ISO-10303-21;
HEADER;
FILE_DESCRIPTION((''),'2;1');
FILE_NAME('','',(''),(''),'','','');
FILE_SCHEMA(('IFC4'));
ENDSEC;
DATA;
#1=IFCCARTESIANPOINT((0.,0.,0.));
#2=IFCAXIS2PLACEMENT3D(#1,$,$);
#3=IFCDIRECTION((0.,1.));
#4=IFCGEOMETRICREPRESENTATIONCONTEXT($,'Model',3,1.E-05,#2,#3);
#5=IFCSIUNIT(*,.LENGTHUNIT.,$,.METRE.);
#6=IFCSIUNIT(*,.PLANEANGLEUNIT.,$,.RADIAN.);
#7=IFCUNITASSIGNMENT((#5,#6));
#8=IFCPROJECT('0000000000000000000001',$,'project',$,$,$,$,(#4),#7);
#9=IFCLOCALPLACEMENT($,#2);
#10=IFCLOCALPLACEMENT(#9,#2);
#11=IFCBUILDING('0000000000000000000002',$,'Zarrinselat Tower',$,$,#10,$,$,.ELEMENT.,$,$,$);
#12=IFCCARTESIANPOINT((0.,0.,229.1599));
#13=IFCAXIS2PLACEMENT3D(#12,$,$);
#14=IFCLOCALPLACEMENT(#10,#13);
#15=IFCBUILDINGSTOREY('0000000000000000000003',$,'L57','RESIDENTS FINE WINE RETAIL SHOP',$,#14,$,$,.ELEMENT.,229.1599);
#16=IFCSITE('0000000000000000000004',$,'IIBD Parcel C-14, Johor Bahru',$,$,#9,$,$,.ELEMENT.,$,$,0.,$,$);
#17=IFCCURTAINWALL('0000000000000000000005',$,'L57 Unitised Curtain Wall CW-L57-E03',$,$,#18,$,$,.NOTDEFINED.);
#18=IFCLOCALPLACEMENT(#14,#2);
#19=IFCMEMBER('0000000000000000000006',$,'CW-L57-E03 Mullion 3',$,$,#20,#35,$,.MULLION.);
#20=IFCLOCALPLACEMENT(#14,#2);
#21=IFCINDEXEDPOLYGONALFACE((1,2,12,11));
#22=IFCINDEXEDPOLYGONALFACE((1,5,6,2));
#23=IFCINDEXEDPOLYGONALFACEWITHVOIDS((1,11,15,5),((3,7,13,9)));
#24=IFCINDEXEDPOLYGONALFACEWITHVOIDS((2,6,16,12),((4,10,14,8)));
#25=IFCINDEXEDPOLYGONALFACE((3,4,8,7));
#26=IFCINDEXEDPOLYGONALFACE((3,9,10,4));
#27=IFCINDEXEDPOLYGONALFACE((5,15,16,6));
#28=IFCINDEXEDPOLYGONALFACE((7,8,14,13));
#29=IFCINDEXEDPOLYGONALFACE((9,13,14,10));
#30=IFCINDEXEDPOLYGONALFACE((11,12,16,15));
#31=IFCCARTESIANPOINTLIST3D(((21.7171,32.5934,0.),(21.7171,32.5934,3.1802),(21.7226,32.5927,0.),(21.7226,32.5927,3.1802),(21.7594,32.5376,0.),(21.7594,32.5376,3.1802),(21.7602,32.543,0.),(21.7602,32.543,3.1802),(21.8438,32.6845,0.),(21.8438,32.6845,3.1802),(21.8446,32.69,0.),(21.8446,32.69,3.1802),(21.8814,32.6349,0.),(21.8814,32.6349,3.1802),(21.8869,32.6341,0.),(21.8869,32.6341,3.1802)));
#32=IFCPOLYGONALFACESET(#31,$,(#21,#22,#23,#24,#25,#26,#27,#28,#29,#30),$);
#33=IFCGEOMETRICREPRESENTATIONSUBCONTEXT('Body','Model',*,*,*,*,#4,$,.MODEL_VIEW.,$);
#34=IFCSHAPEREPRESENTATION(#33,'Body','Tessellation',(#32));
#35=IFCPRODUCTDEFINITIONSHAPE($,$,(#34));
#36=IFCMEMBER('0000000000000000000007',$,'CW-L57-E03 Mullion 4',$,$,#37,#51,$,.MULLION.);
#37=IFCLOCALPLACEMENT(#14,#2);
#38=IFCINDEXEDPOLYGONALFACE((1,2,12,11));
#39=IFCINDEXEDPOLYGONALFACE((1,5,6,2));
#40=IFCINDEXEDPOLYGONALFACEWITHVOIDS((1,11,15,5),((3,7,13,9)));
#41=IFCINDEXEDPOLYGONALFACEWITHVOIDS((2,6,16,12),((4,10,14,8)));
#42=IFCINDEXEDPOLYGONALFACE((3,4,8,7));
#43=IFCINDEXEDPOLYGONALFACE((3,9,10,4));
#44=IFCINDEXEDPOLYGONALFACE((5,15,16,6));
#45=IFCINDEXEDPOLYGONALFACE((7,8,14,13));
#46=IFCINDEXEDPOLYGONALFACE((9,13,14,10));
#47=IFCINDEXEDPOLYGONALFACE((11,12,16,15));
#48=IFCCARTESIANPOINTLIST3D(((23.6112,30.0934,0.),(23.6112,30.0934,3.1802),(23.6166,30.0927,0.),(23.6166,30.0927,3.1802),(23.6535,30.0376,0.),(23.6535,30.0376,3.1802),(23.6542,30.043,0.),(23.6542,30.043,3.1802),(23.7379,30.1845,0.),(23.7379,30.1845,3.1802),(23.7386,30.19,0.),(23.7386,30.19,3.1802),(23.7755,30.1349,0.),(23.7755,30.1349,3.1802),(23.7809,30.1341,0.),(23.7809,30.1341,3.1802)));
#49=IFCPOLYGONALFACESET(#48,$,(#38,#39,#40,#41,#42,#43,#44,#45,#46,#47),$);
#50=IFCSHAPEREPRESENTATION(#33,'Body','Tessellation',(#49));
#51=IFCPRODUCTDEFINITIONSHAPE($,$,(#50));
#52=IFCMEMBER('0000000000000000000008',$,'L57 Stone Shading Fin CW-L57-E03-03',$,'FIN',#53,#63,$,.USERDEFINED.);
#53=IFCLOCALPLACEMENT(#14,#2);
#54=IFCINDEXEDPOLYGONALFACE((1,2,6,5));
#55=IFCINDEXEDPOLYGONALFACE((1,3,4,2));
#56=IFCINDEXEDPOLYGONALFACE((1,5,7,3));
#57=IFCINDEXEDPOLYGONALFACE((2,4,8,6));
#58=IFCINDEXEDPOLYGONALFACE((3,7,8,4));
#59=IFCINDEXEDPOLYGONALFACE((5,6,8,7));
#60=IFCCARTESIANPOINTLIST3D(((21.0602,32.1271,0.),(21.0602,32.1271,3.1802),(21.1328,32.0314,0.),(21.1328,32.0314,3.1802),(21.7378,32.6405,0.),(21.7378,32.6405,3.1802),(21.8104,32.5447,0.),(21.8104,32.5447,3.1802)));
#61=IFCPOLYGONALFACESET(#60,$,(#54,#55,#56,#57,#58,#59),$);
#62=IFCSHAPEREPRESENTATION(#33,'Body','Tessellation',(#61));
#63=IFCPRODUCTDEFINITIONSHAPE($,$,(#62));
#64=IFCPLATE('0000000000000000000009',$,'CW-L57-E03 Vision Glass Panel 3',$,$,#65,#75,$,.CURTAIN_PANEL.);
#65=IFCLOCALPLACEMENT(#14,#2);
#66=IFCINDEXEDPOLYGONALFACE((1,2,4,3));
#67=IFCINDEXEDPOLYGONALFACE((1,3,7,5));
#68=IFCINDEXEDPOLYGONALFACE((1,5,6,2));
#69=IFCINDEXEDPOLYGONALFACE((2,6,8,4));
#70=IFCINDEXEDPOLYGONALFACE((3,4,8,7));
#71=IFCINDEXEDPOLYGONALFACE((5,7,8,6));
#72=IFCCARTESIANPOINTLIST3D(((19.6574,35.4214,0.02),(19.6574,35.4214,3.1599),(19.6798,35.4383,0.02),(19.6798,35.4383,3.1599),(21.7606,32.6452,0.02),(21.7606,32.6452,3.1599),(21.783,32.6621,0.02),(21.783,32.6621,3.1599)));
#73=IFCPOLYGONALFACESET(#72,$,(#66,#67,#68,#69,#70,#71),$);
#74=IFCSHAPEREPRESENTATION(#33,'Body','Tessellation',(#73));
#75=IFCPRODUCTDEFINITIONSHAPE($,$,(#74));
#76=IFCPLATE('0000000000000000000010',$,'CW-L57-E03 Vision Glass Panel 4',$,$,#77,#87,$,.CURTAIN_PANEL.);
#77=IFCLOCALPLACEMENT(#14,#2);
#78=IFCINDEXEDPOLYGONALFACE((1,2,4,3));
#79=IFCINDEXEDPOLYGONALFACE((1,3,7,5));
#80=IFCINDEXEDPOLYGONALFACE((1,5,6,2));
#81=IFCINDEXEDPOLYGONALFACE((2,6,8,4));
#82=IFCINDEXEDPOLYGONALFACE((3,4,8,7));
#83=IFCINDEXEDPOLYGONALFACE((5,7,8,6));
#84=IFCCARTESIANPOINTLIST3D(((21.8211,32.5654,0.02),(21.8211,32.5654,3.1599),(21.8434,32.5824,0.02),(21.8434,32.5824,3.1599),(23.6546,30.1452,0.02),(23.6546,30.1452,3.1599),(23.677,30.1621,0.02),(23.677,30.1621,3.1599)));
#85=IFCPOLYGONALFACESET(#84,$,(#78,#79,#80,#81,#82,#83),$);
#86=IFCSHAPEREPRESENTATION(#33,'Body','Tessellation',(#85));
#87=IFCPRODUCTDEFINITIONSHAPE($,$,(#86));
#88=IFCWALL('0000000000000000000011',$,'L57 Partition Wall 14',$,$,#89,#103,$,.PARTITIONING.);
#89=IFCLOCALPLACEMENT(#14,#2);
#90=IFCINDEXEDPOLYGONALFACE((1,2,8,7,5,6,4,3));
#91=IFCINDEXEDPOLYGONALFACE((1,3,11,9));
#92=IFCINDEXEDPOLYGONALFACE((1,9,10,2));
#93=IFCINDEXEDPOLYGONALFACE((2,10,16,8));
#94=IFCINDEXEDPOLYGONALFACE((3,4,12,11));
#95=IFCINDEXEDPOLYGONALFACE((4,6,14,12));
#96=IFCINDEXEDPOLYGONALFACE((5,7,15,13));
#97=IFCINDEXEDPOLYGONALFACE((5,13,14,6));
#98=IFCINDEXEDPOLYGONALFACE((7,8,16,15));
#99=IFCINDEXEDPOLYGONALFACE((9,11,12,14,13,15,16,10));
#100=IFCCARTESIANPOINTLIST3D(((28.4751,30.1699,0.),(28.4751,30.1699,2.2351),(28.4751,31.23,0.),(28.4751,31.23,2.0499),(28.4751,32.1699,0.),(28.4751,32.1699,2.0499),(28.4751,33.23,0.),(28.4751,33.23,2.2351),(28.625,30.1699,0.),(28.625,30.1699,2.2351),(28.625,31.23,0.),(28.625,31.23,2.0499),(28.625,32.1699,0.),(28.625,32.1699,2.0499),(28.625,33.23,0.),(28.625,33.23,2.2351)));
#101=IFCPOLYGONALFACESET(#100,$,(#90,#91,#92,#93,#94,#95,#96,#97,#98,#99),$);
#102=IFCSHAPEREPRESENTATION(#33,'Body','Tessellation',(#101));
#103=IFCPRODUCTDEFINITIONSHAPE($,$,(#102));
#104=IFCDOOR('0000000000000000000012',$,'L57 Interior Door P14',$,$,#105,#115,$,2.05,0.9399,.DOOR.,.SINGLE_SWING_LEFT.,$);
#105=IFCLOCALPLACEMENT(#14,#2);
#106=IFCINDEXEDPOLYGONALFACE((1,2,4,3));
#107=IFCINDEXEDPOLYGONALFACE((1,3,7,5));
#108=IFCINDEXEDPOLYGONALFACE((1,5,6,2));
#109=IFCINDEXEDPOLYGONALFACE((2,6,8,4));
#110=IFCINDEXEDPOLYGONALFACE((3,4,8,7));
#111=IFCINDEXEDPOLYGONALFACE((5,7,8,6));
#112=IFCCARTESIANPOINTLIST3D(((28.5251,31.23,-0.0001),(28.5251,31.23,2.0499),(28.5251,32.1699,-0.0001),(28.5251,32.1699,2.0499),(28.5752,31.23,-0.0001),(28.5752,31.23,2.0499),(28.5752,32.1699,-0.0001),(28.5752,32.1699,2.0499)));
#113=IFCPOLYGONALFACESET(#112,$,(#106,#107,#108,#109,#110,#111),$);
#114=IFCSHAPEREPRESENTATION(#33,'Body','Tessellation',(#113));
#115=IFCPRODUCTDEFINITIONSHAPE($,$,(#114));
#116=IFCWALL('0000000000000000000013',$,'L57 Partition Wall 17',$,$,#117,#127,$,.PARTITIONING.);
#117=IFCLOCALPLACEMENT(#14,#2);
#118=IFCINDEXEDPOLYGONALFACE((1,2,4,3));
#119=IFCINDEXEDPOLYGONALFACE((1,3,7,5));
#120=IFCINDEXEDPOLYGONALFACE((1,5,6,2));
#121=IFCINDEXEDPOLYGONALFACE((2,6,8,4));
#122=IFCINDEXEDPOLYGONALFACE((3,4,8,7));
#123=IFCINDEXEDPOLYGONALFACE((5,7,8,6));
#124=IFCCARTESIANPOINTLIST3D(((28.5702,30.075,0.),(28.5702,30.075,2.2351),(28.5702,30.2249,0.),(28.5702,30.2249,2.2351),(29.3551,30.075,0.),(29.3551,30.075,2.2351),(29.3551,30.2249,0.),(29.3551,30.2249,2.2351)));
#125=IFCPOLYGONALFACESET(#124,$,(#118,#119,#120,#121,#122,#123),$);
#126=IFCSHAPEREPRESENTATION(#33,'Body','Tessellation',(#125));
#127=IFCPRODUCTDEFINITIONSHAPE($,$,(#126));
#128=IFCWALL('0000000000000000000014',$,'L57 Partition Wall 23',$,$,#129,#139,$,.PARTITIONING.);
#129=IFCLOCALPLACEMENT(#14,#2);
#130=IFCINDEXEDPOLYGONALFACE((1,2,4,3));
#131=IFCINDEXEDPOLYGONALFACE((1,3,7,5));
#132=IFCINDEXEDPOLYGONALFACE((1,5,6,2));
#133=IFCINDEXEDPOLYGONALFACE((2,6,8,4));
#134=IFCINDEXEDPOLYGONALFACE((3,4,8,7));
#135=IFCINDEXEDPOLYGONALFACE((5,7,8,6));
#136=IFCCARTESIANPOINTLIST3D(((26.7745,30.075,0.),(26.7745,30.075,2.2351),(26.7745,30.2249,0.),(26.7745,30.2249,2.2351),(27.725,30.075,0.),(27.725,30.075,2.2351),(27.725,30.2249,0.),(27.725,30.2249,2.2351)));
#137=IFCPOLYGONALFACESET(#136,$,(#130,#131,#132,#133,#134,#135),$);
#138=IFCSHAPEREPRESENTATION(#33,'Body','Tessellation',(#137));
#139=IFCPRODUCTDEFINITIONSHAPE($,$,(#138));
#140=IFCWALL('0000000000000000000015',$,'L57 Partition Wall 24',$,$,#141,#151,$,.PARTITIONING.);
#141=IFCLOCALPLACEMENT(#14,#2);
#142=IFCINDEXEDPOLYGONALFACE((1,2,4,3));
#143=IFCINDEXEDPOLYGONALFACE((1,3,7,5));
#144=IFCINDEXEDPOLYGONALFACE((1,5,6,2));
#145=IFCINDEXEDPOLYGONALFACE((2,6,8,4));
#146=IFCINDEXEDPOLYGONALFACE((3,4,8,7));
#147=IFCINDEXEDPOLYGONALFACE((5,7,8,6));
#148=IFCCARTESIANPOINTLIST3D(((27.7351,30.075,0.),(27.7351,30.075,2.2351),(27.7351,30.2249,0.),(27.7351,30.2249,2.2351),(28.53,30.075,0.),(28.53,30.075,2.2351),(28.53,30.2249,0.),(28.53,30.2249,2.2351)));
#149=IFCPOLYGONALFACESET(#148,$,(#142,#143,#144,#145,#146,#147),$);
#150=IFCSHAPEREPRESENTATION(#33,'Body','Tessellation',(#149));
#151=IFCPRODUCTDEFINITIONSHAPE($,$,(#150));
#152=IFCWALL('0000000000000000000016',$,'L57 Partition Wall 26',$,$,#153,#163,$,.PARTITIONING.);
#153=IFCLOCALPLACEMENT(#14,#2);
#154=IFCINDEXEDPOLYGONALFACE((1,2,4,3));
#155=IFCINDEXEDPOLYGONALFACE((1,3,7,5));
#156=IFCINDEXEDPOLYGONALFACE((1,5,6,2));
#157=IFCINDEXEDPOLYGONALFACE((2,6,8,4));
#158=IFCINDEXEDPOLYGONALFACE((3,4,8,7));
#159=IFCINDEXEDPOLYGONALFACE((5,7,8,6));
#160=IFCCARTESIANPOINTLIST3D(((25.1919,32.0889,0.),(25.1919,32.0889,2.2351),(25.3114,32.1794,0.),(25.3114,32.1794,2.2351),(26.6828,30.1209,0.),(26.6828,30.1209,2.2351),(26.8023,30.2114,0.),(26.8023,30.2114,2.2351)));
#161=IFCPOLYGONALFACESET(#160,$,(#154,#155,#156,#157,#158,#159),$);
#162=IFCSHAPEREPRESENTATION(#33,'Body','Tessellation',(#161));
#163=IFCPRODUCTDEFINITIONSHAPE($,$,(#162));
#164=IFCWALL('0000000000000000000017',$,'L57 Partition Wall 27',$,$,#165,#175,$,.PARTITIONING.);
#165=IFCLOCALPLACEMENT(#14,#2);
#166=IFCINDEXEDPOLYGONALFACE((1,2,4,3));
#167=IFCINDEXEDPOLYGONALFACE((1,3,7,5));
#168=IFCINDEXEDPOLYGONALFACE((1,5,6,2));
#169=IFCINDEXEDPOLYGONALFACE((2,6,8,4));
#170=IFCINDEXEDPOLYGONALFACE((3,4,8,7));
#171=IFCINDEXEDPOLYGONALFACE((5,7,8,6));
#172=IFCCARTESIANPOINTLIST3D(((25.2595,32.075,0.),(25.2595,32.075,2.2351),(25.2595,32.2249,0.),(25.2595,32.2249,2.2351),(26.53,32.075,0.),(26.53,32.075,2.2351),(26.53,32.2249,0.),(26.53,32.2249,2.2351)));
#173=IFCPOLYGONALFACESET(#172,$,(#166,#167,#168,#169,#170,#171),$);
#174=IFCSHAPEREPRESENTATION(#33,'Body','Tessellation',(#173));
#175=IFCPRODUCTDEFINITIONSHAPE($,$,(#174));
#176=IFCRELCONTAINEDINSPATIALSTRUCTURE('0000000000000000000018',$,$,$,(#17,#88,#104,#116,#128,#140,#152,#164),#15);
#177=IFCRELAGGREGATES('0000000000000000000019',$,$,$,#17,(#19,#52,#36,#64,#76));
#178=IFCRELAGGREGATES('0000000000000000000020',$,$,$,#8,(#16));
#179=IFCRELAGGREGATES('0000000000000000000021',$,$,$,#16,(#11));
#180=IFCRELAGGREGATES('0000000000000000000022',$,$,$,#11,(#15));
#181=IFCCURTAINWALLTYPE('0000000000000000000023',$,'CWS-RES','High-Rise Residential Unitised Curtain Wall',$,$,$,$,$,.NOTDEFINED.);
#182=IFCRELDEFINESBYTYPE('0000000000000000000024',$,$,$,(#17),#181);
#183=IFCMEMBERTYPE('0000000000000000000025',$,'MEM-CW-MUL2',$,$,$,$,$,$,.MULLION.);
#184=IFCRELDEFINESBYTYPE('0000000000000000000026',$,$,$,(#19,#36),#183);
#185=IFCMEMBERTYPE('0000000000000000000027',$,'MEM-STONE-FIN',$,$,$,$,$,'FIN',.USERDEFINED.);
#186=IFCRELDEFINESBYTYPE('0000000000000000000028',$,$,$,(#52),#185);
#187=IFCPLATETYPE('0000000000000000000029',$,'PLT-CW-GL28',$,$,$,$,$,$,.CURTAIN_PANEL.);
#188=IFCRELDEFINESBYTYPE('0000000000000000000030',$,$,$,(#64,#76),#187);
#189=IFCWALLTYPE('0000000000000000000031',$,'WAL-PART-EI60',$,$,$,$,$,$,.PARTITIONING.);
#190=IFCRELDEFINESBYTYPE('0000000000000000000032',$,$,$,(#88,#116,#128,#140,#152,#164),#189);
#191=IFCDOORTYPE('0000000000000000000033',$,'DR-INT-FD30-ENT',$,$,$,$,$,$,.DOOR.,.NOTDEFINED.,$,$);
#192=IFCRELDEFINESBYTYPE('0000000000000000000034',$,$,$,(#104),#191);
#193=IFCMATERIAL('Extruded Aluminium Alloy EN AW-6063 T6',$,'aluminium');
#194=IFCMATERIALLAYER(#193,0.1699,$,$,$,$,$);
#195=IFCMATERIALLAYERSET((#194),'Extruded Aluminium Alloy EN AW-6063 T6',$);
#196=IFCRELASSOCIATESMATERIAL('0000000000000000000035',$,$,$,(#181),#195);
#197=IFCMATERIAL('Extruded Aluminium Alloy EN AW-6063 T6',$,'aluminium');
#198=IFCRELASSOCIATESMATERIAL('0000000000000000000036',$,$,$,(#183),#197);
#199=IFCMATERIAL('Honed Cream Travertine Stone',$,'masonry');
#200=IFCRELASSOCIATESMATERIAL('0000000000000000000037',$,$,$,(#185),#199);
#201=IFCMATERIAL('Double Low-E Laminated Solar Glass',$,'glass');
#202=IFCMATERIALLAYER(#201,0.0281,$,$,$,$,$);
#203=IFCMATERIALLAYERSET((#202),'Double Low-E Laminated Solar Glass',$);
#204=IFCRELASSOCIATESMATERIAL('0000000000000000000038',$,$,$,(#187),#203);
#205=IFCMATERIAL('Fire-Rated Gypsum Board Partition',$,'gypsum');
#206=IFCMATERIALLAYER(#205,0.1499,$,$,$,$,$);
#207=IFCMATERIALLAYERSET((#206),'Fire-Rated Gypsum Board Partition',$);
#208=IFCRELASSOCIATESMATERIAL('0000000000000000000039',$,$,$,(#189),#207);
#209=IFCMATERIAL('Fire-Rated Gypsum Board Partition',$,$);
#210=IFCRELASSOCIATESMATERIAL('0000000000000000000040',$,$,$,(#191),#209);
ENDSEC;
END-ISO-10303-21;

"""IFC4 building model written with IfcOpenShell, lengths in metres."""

from ifc_helpers import new_model, si_unit, direction, frame, frame_2d, origin, origin_2d, place, context, subcontext, project, spatial, rectangle, hollow_rectangle, extrude, material, layer, layer_set, material_profile, profile_set, type_object, element, fill, aggregate, save


model = new_model("IFC4")

# Units and contexts
model_context = context("Model", 3, precision=1e-05, world=origin(), true_north=direction((0.0, 1.0)))
body_context = subcontext(model_context, "Body", "Model", "MODEL_VIEW")
ifc_project = project(units=[si_unit("LENGTHUNIT", "METRE"), si_unit("PLANEANGLEUNIT", "RADIAN")], contexts=[model_context])

# Site, building, storey
site_placement = place(None, origin())
site = spatial("IfcSite", under=ifc_project, at=site_placement, Name="IIBD Parcel C-14, Johor Bahru", CompositionType="ELEMENT", RefElevation=0.0)
building_placement = place(site_placement, origin())
building = spatial("IfcBuilding", under=site, at=building_placement, Name="Zarrinselat Tower", CompositionType="ELEMENT")
storey_placement = place(building_placement, frame((0.0, 0.0, 229.1599)))
storey = spatial("IfcBuildingStorey", under=building, at=storey_placement, Name="L57", Description="RESIDENTS FINE WINE RETAIL SHOP", CompositionType="ELEMENT", Elevation=229.1599)

# Curtain wall, members, plates
ifc_material_1 = material(Name="Extruded Aluminium Alloy EN AW-6063 T6", Category="aluminium")
ifc_layer_1 = layer(ifc_material_1, 0.1699)
ifc_layer_set_1 = layer_set([ifc_layer_1], Name="Extruded Aluminium Alloy EN AW-6063 T6")
curtain_wall_type = type_object("IfcCurtainWallType", Name="CWS-RES", Description="High-Rise Residential Unitised Curtain Wall", PredefinedType="NOTDEFINED", material=ifc_layer_set_1)
curtain_wall_placement = place(storey_placement, origin())
curtain_wall = element("IfcCurtainWall", 1, at=curtain_wall_placement, inside=storey, type_object=curtain_wall_type, Name="L57 Unitised Curtain Wall CW-L57-E03", PredefinedType="NOTDEFINED")
ifc_material_2 = material(Name="Extruded Aluminium Alloy EN AW-6063 T6", Category="aluminium")
ifc_material_profile_1 = material_profile(ifc_material_2, hollow_rectangle(XDim=0.0701, YDim=0.1599, WallThickness=0.0039, at=origin_2d()), Name="RHS 160x70x4")
ifc_profile_set_1 = profile_set([ifc_material_profile_1], Name="Extruded Aluminium Alloy EN AW-6063 T6")
member_type_1 = type_object("IfcMemberType", Name="MEM-CW-MUL2", PredefinedType="MULLION", material=ifc_profile_set_1)
member_1_placement = place(storey_placement, frame((21.802, 32.6138, 0.0), z_axis=(0.0, 0.0, 1.0), x_axis=(0.603857, -0.797092, 0.0)))
member_1 = element("IfcMember", 2, at=member_1_placement, type_object=member_type_1, Name="CW-L57-E03 Mullion 3", PredefinedType="MULLION", context=body_context, shape_type="SweptSolid", body=[
    extrude(hollow_rectangle(XDim=0.0701, YDim=0.1599, WallThickness=0.0039, at=origin_2d()), origin(), (0.0, 0.0, 1.0), 3.1802),
])
member_2_placement = place(storey_placement, frame((23.696, 30.1138, 0.0), z_axis=(0.0, 0.0, 1.0), x_axis=(0.603857, -0.797092, 0.0)))
member_2 = element("IfcMember", 3, at=member_2_placement, type_object=member_type_1, Name="CW-L57-E03 Mullion 4", PredefinedType="MULLION", context=body_context, shape_type="SweptSolid", body=[
    extrude(hollow_rectangle(XDim=0.0701, YDim=0.1599, WallThickness=0.0039, at=origin_2d()), origin(), (0.0, 0.0, 1.0), 3.1802),
])
ifc_material_3 = material(Name="Honed Cream Travertine Stone", Category="masonry")
ifc_material_profile_2 = material_profile(ifc_material_3, rectangle(XDim=0.1201, YDim=0.8501, at=origin_2d()), Name="FIN 850x120")
ifc_profile_set_2 = profile_set([ifc_material_profile_2], Name="Honed Cream Travertine Stone")
member_type_2 = type_object("IfcMemberType", Name="MEM-STONE-FIN", ElementType="FIN", PredefinedType="USERDEFINED", material=ifc_profile_set_2)
member_3_placement = place(storey_placement, frame((21.4353, 32.3359, 0.0), z_axis=(0.0, 0.0, 1.0), x_axis=(-0.603857, 0.797092, 0.0)))
member_3 = element("IfcMember", 4, at=member_3_placement, type_object=member_type_2, Name="L57 Stone Shading Fin CW-L57-E03-03", ObjectType="FIN", PredefinedType="USERDEFINED", context=body_context, shape_type="SweptSolid", body=[
    extrude(rectangle(XDim=0.1201, YDim=0.8501, at=origin_2d()), origin(), (0.0, 0.0, 1.0), 3.1802),
])
ifc_material_4 = material(Name="Double Low-E Laminated Solar Glass", Category="glass")
ifc_layer_2 = layer(ifc_material_4, 0.0281)
ifc_layer_set_2 = layer_set([ifc_layer_2], Name="Double Low-E Laminated Solar Glass")
plate_type = type_object("IfcPlateType", Name="PLT-CW-GL28", PredefinedType="CURTAIN_PANEL", material=ifc_layer_set_2)
plate_1_placement = place(storey_placement, frame((20.7202, 34.0417, 0.02), z_axis=(0.0, 0.0, 1.0), x_axis=(0.603857, -0.797092, 0.0)))
plate_1 = element("IfcPlate", 5, at=plate_1_placement, type_object=plate_type, Name="CW-L57-E03 Vision Glass Panel 3", PredefinedType="CURTAIN_PANEL", context=body_context, shape_type="SweptSolid", body=[
    extrude(rectangle(XDim=3.4829, YDim=0.0281, at=origin_2d()), origin(), (0.0, 0.0, 1.0), 3.1399),
])
plate_2_placement = place(storey_placement, frame((22.749, 31.3638, 0.02), z_axis=(0.0, 0.0, 1.0), x_axis=(0.603857, -0.797092, 0.0)))
plate_2 = element("IfcPlate", 6, at=plate_2_placement, type_object=plate_type, Name="CW-L57-E03 Vision Glass Panel 4", PredefinedType="CURTAIN_PANEL", context=body_context, shape_type="SweptSolid", body=[
    extrude(rectangle(XDim=3.0364, YDim=0.0281, at=origin_2d()), origin(), (0.0, 0.0, 1.0), 3.1399),
])
aggregate(curtain_wall, [member_1, member_3, member_2, plate_1, plate_2])

# Wall, opening, door
ifc_material_5 = material(Name="Fire-Rated Gypsum Board Partition", Category="gypsum")
ifc_layer_3 = layer(ifc_material_5, 0.1499)
ifc_layer_set_3 = layer_set([ifc_layer_3], Name="Fire-Rated Gypsum Board Partition")
wall_type_1 = type_object("IfcWallType", Name="WAL-PART-EI60", PredefinedType="PARTITIONING", material=ifc_layer_set_3)
wall_1_placement = place(storey_placement, frame((28.55, 30.1699, 0.0), z_axis=(0.0, 0.0, 1.0), x_axis=(0.0, 1.0, 0.0)))
wall_1 = element("IfcWall", 7, at=wall_1_placement, inside=storey, type_object=wall_type_1, Name="L57 Partition Wall 14", PredefinedType="PARTITIONING", context=body_context, shape_type="SweptSolid", body=[
    extrude(rectangle(XDim=3.0601, YDim=0.1499, at=frame_2d((1.53, 0.0))), origin(), (0.0, 0.0, 1.0), 2.2351),
])
opening_1_placement = place(wall_1_placement, frame((1.0601, 0.0, 0.0)))
opening_1 = element("IfcOpeningElement", 8, at=opening_1_placement, cuts=wall_1, PredefinedType="OPENING", context=body_context, shape_type="SweptSolid", body=[
    extrude(rectangle(XDim=0.9399, YDim=2.05, at=frame_2d((0.47, 1.0249))), frame((0.0, 0.085, 0.0), z_axis=(0.0, -1.0, 0.0), x_axis=(1.0, 0.0, 0.0)), (0.0, 0.0, 1.0), 0.1699),
])
ifc_material_6 = material(Name="Fire-Rated Gypsum Board Partition")
door_type_1 = type_object("IfcDoorType", Name="DR-INT-FD30-ENT", OperationType="NOTDEFINED", PredefinedType="DOOR", material=ifc_material_6)
door_1_placement = place(opening_1_placement, origin())
door_1 = element("IfcDoor", 9, at=door_1_placement, inside=storey, type_object=door_type_1, Name="L57 Interior Door P14", OperationType="SINGLE_SWING_LEFT", OverallHeight=2.05, OverallWidth=0.9399, PredefinedType="DOOR", context=body_context, shape_type="SweptSolid", body=[
    extrude(rectangle(XDim=0.9399, YDim=2.05, at=frame_2d((0.47, 1.0249))), frame((0.0, 0.0249, 0.0), z_axis=(0.0, -1.0, 0.0), x_axis=(1.0, 0.0, 0.0)), (0.0, 0.0, 1.0), 0.05),
])
fill(opening_1, door_1)

# Walls
wall_2_placement = place(storey_placement, frame((28.5701, 30.1499, 0.0), z_axis=(0.0, 0.0, 1.0), x_axis=(1.0, 0.0, 0.0)))
element("IfcWall", 10, at=wall_2_placement, inside=storey, type_object=wall_type_1, Name="L57 Partition Wall 17", PredefinedType="PARTITIONING", context=body_context, shape_type="SweptSolid", body=[
    extrude(rectangle(XDim=0.7849, YDim=0.1499, at=frame_2d((0.3926, 0.0))), origin(), (0.0, 0.0, 1.0), 2.2351),
])
wall_3_placement = place(storey_placement, frame((26.7747, 30.1499, 0.0), z_axis=(0.0, 0.0, 1.0), x_axis=(1.0, 0.0, 0.0)))
element("IfcWall", 11, at=wall_3_placement, inside=storey, type_object=wall_type_1, Name="L57 Partition Wall 23", PredefinedType="PARTITIONING", context=body_context, shape_type="SweptSolid", body=[
    extrude(rectangle(XDim=0.9504, YDim=0.1499, at=frame_2d((0.4751, 0.0))), origin(), (0.0, 0.0, 1.0), 2.2351),
])
wall_4_placement = place(storey_placement, frame((27.7351, 30.1499, 0.0), z_axis=(0.0, 0.0, 1.0), x_axis=(1.0, 0.0, 0.0)))
element("IfcWall", 12, at=wall_4_placement, inside=storey, type_object=wall_type_1, Name="L57 Partition Wall 24", PredefinedType="PARTITIONING", context=body_context, shape_type="SweptSolid", body=[
    extrude(rectangle(XDim=0.7949, YDim=0.1499, at=frame_2d((0.3975, 0.0))), origin(), (0.0, 0.0, 1.0), 2.2351),
])
wall_5_placement = place(storey_placement, frame((25.2517, 32.134, 0.0), z_axis=(0.0, 0.0, 1.0), x_axis=(0.603869, -0.797083, 0.0)))
element("IfcWall", 13, at=wall_5_placement, inside=storey, type_object=wall_type_1, Name="L57 Partition Wall 26", PredefinedType="PARTITIONING", context=body_context, shape_type="SweptSolid", body=[
    extrude(rectangle(XDim=2.469, YDim=0.1499, at=frame_2d((1.2344, 0.0))), origin(), (0.0, 0.0, 1.0), 2.2351),
])
wall_6_placement = place(storey_placement, frame((25.2595, 32.1499, 0.0), z_axis=(0.0, 0.0, 1.0), x_axis=(1.0, 0.0, 0.0)))
element("IfcWall", 14, at=wall_6_placement, inside=storey, type_object=wall_type_1, Name="L57 Partition Wall 27", PredefinedType="PARTITIONING", context=body_context, shape_type="SweptSolid", body=[
    extrude(rectangle(XDim=1.2705, YDim=0.1499, at=frame_2d((0.6353, 0.0))), origin(), (0.0, 0.0, 1.0), 2.2351),
])

save(model, "model.ifc")
